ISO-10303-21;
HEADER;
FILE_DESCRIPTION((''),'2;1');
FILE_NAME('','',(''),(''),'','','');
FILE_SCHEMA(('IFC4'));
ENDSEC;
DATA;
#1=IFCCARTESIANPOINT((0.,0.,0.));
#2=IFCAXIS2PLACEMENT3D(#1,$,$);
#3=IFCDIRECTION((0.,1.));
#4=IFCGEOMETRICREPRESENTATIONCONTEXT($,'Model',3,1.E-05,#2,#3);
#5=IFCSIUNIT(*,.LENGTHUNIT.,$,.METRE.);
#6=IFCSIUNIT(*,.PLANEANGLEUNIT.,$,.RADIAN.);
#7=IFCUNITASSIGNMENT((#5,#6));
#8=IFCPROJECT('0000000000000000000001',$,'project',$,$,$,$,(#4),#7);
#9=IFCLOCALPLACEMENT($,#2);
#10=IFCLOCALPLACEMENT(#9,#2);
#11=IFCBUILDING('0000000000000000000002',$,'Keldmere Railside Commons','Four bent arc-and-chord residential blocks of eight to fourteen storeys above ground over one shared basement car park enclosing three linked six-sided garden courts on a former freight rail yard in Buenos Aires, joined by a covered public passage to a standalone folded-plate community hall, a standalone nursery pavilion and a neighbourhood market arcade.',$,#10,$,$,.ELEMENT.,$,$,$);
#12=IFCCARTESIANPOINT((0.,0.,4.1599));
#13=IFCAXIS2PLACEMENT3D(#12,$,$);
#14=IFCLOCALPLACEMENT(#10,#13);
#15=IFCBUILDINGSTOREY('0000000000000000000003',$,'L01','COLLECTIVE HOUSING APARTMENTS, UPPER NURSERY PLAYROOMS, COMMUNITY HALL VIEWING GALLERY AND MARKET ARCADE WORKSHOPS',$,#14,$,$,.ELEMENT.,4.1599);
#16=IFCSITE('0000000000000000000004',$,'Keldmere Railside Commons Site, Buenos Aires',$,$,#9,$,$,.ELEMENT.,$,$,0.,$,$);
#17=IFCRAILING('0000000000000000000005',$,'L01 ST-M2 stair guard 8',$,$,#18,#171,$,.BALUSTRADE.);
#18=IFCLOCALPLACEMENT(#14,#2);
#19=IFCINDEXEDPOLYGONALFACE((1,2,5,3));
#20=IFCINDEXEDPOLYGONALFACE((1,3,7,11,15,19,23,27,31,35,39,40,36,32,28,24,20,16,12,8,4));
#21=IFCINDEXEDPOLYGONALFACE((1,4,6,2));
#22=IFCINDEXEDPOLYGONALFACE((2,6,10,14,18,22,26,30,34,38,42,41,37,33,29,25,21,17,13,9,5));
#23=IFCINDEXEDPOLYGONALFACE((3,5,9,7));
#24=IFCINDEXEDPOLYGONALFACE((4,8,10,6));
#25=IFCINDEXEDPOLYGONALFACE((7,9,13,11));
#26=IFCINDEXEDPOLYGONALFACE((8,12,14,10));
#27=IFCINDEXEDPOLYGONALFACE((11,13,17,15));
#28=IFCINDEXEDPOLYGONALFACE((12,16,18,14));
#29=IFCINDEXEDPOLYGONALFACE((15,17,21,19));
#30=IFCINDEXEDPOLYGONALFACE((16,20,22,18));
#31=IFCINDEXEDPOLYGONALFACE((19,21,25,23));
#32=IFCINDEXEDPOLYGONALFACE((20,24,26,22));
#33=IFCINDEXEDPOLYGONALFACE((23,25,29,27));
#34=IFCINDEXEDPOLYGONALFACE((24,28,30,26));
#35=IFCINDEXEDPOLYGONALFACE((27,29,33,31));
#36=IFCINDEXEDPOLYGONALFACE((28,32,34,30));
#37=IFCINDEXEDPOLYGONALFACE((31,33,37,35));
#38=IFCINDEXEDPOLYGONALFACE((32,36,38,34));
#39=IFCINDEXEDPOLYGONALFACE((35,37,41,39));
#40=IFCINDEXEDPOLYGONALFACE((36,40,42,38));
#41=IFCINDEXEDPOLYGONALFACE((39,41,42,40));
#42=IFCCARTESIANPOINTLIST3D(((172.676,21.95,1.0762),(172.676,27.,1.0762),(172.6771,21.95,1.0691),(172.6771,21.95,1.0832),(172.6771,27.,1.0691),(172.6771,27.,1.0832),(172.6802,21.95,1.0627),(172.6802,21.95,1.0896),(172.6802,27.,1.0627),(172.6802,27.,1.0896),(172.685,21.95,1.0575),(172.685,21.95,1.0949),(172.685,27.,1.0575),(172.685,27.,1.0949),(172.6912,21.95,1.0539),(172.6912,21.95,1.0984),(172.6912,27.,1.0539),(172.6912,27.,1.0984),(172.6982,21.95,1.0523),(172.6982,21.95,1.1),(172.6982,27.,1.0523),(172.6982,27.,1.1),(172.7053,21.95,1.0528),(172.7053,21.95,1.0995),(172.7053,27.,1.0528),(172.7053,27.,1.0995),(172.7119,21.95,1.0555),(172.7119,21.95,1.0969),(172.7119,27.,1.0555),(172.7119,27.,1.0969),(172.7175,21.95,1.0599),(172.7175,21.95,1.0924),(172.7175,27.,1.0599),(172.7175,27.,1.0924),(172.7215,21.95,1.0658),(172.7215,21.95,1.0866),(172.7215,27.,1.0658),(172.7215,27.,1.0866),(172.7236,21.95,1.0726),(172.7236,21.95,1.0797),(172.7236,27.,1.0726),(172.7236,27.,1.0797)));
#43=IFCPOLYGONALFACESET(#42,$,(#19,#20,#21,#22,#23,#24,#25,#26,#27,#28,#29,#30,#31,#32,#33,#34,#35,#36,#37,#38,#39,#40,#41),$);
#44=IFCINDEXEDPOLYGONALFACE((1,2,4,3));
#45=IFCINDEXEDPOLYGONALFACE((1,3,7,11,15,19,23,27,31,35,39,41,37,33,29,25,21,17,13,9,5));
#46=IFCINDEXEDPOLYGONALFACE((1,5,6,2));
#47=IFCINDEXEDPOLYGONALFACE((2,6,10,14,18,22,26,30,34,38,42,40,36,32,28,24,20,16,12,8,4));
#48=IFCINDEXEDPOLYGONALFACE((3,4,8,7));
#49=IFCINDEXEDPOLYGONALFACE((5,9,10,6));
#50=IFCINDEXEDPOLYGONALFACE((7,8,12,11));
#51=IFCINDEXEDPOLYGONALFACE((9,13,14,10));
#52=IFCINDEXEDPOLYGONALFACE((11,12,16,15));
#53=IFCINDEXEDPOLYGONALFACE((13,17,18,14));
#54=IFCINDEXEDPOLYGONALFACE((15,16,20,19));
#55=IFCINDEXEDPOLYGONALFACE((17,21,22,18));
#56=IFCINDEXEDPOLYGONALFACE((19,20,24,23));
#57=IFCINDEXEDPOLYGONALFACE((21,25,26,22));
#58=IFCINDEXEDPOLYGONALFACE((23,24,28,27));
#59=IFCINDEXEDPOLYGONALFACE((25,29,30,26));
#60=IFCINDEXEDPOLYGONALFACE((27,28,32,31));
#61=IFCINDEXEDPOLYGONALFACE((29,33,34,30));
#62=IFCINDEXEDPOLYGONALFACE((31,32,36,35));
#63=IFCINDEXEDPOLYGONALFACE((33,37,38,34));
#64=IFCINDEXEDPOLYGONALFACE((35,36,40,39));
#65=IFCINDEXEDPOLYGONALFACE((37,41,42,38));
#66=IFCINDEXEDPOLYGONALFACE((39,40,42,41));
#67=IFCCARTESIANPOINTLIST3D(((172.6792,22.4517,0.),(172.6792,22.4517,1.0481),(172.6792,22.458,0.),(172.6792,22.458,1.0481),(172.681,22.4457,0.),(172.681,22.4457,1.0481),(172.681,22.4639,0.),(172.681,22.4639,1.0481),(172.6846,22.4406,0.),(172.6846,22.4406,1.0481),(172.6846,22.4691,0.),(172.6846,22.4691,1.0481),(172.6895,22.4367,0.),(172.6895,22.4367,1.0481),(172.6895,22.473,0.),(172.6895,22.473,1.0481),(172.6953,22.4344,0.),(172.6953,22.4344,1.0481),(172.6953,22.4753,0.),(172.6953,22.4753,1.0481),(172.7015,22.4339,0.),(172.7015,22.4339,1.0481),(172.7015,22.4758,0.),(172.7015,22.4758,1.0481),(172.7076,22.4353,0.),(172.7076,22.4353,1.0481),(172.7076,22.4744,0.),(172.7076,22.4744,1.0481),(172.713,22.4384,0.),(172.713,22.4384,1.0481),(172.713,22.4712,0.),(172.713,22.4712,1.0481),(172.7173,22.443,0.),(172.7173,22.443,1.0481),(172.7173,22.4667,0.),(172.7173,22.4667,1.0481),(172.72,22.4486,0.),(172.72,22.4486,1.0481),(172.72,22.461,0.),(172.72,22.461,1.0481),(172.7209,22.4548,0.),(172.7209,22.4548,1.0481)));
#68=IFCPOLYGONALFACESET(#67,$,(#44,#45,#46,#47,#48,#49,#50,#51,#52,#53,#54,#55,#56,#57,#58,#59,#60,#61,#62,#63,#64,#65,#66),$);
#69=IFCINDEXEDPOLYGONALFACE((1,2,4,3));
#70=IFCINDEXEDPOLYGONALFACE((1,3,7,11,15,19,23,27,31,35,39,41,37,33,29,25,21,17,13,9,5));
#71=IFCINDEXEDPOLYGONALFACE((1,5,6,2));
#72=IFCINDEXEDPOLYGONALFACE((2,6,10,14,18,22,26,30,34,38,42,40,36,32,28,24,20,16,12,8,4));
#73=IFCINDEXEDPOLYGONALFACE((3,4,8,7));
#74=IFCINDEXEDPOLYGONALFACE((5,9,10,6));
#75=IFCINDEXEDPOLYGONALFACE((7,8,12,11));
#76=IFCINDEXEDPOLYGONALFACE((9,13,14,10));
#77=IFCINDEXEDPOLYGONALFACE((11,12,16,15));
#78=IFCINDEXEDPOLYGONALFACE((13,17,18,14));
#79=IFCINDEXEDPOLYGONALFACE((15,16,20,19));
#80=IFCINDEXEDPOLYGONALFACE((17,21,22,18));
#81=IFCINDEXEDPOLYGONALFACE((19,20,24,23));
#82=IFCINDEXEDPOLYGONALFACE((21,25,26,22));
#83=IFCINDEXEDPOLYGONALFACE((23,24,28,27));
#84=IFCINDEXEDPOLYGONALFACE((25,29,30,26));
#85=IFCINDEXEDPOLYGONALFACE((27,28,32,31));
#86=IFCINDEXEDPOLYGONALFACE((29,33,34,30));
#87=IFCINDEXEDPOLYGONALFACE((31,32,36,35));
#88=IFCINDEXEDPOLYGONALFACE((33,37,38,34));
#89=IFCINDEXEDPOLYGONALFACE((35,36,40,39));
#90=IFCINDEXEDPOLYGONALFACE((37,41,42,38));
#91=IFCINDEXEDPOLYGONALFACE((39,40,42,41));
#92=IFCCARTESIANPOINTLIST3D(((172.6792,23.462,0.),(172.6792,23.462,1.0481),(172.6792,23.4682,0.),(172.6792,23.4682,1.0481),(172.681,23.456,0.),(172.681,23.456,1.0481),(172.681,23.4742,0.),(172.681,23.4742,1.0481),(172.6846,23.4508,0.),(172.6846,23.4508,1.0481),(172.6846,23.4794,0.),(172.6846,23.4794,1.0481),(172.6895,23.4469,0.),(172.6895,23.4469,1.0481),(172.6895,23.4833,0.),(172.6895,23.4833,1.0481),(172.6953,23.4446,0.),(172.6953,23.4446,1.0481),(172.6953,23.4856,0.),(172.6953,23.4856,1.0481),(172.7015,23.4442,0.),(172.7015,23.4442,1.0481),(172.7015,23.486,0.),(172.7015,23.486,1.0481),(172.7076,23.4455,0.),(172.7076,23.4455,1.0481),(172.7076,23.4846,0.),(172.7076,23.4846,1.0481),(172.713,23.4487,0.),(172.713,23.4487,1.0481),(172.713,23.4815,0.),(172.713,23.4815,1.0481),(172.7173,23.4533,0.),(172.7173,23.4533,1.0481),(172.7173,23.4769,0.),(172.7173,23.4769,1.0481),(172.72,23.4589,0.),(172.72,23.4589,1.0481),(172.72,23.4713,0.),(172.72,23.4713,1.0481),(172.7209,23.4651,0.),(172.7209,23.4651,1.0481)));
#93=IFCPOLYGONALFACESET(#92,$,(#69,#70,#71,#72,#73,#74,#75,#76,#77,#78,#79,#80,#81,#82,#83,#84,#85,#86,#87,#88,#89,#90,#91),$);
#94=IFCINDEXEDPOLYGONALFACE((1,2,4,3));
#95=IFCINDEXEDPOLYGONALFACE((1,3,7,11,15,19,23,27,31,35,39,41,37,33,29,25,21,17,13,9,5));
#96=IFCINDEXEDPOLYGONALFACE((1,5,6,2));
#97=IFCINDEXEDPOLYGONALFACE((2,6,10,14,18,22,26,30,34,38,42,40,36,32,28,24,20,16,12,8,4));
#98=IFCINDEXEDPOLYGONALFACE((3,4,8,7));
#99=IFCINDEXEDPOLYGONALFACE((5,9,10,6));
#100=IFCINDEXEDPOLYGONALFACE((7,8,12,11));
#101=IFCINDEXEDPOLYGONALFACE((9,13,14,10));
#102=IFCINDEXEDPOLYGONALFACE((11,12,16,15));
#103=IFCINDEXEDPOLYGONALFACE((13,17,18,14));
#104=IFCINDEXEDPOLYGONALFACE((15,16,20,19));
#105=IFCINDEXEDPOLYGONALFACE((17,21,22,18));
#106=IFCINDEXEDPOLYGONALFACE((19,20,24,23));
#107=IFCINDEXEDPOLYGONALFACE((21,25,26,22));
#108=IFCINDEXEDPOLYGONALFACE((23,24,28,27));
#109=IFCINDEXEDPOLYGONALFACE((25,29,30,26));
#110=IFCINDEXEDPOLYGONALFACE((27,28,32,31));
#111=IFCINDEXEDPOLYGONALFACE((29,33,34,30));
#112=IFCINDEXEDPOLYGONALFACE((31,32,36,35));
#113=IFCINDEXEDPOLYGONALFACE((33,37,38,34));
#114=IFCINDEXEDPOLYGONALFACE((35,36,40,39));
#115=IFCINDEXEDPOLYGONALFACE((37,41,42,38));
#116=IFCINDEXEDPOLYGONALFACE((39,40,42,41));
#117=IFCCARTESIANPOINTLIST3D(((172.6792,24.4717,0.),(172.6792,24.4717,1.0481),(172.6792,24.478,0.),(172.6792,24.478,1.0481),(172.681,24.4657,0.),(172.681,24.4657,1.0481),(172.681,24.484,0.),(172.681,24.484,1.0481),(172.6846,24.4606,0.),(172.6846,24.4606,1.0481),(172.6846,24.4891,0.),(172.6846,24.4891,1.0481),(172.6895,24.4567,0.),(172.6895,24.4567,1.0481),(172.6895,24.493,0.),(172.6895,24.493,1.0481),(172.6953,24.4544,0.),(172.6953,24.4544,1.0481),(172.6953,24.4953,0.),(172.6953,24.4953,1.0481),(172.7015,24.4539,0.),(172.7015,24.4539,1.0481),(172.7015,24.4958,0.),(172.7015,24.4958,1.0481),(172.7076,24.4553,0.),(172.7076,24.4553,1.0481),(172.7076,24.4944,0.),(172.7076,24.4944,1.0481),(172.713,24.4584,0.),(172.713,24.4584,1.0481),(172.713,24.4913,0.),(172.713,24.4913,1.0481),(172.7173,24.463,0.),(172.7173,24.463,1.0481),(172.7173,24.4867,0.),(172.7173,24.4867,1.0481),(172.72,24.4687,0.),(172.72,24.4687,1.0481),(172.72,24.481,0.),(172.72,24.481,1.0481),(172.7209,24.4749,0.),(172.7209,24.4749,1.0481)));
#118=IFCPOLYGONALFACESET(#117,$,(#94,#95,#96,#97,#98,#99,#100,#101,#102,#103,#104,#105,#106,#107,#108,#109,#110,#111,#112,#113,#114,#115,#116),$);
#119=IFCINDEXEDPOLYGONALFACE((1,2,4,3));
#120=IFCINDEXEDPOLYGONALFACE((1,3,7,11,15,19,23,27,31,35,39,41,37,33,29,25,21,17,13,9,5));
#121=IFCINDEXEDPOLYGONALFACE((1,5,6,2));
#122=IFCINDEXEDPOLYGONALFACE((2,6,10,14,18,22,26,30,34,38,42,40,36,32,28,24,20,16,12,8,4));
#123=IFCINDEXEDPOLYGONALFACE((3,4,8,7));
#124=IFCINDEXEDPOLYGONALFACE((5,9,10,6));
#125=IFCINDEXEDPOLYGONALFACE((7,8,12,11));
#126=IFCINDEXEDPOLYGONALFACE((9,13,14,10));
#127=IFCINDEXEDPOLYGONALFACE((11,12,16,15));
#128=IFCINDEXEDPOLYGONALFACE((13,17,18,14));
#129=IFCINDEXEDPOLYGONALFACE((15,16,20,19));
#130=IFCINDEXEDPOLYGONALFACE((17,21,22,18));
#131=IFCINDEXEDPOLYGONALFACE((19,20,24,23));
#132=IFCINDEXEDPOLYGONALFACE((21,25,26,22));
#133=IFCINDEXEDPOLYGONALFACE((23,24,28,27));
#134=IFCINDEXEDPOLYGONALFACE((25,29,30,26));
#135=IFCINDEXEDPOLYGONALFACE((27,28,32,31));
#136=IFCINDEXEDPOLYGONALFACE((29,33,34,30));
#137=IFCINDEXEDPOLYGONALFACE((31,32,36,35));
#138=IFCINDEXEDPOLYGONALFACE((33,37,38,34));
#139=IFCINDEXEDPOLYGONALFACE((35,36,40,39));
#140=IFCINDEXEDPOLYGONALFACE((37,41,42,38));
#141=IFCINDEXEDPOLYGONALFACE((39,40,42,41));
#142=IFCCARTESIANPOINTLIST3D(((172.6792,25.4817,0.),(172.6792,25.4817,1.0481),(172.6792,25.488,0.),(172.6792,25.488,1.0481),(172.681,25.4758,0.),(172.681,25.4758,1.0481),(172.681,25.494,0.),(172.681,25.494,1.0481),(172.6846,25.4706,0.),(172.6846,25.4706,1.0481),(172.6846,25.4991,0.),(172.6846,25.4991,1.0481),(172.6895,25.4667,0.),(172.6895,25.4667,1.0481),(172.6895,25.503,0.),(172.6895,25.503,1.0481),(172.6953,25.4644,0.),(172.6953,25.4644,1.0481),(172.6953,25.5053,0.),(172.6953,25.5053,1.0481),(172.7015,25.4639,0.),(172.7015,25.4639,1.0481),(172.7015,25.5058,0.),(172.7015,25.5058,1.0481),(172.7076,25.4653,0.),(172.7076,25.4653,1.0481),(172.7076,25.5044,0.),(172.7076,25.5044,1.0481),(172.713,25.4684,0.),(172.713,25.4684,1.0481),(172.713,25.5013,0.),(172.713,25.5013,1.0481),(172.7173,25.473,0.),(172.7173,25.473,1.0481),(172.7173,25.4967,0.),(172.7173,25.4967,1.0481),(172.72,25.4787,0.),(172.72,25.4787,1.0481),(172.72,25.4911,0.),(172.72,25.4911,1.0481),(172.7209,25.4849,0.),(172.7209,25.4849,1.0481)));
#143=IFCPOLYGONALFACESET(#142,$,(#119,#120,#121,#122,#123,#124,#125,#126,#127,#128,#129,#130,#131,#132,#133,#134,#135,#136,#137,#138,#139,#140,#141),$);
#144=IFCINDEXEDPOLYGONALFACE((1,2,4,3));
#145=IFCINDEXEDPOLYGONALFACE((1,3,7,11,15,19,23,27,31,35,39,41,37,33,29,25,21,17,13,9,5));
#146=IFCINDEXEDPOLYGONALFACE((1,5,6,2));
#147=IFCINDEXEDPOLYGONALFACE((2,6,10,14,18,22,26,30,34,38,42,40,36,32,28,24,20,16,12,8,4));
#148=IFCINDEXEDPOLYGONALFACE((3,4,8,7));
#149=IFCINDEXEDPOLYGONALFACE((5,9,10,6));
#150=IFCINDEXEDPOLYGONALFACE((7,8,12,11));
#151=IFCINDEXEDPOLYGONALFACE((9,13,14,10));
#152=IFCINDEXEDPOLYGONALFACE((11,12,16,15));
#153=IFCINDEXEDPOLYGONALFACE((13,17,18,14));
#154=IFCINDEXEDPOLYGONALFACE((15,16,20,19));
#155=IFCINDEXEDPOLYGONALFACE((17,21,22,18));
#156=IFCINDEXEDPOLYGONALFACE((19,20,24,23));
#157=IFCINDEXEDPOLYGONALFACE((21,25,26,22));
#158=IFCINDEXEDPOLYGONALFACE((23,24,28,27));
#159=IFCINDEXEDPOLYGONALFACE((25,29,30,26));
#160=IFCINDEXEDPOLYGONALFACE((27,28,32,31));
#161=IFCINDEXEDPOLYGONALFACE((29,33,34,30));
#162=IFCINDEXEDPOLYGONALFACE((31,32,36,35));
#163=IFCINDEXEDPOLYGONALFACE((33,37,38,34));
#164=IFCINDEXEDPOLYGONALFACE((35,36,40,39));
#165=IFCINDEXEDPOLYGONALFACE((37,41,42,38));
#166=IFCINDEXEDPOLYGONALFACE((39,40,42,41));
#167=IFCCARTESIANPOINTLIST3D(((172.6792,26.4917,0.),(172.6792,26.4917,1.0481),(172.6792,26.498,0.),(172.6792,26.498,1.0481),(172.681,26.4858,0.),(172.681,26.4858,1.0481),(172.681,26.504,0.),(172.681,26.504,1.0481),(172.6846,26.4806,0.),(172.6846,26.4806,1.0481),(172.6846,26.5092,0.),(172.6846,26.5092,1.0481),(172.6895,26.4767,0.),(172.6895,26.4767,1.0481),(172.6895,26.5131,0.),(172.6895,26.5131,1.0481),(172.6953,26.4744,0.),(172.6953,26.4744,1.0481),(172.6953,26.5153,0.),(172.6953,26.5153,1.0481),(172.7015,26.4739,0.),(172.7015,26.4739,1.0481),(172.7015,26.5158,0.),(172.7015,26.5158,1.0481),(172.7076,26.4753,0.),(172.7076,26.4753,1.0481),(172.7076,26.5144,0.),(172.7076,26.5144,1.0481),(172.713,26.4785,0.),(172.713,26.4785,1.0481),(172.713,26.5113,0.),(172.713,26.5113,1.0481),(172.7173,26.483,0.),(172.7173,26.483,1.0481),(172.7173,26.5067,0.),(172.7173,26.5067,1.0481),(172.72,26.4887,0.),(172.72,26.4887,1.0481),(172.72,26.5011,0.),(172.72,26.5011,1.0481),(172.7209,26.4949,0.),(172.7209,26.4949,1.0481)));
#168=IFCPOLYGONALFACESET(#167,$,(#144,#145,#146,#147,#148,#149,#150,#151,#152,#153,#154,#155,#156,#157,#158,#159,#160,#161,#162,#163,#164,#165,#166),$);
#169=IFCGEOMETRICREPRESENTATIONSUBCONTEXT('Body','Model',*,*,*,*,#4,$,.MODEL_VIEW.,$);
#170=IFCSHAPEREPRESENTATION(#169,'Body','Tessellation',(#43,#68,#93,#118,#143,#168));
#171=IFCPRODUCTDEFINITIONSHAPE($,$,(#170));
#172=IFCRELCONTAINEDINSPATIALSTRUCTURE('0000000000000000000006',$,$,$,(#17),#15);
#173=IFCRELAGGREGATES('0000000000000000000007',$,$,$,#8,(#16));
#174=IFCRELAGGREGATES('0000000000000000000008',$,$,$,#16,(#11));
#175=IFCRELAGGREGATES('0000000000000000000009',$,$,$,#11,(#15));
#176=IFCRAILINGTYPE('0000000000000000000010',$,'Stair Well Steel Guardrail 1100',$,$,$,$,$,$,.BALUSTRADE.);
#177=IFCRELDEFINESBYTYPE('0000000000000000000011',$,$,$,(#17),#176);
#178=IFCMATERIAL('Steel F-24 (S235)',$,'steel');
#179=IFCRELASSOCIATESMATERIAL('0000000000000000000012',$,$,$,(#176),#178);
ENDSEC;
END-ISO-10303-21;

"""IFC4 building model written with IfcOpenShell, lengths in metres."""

from ifc_helpers import new_model, si_unit, direction, frame, origin, origin_2d, place, context, subcontext, project, spatial, circle, extrude, material, type_object, element, save


model = new_model("IFC4")

# Units and contexts
model_context = context("Model", 3, precision=1e-05, world=origin(), true_north=direction((0.0, 1.0)))
body_context = subcontext(model_context, "Body", "Model", "MODEL_VIEW")
ifc_project = project(units=[si_unit("LENGTHUNIT", "METRE"), si_unit("PLANEANGLEUNIT", "RADIAN")], contexts=[model_context])

# Site, building, storey
site_placement = place(None, origin())
site = spatial("IfcSite", under=ifc_project, at=site_placement, Name="Keldmere Railside Commons Site, Buenos Aires", CompositionType="ELEMENT", RefElevation=0.0)
building_placement = place(site_placement, origin())
building = spatial("IfcBuilding", under=site, at=building_placement, Name="Keldmere Railside Commons", Description="Four bent arc-and-chord residential blocks of eight to fourteen storeys above ground over one shared basement car park enclosing three linked six-sided garden courts on a former freight rail yard in Buenos Aires, joined by a covered public passage to a standalone folded-plate community hall, a standalone nursery pavilion and a neighbourhood market arcade.", CompositionType="ELEMENT")
storey_placement = place(building_placement, frame((0.0, 0.0, 4.1599)))
storey = spatial("IfcBuildingStorey", under=building, at=storey_placement, Name="L01", Description="COLLECTIVE HOUSING APARTMENTS, UPPER NURSERY PLAYROOMS, COMMUNITY HALL VIEWING GALLERY AND MARKET ARCADE WORKSHOPS", CompositionType="ELEMENT", Elevation=4.1599)

# Shared definitions
ifc_material_1 = material(Name="Steel F-24 (S235)", Category="steel")

# Railing
railing_type_1 = type_object("IfcRailingType", Name="Stair Well Steel Guardrail 1100", PredefinedType="BALUSTRADE", material=ifc_material_1)
railing_1_placement = place(storey_placement, frame((172.7, 21.95, 0.0)))
element("IfcRailing", 1, at=railing_1_placement, inside=storey, type_object=railing_type_1, Name="L01 ST-M2 stair guard 8", PredefinedType="BALUSTRADE", context=body_context, shape_type="SweptSolid", body=[
    extrude(circle(Radius=0.0239, at=origin_2d()), frame((0.0, 0.0, 1.0762), z_axis=(0.0, 1.0, 0.0), x_axis=(-1.0, 0.0, 0.0)), (0.0, 0.0, 1.0), 5.05),
    extrude(circle(Radius=0.021, at=origin_2d()), frame((0.0, 0.5049, 0.0)), (0.0, 0.0, 1.0), 1.0481),
    extrude(circle(Radius=0.021, at=origin_2d()), frame((0.0, 1.5151, 0.0)), (0.0, 0.0, 1.0), 1.0481),
    extrude(circle(Radius=0.021, at=origin_2d()), frame((0.0, 2.5249, 0.0)), (0.0, 0.0, 1.0), 1.0481),
    extrude(circle(Radius=0.021, at=origin_2d()), frame((0.0, 3.5349, 0.0)), (0.0, 0.0, 1.0), 1.0481),
    extrude(circle(Radius=0.021, at=origin_2d()), frame((0.0, 4.5449, 0.0)), (0.0, 0.0, 1.0), 1.0481),
])

save(model, "model.ifc")
